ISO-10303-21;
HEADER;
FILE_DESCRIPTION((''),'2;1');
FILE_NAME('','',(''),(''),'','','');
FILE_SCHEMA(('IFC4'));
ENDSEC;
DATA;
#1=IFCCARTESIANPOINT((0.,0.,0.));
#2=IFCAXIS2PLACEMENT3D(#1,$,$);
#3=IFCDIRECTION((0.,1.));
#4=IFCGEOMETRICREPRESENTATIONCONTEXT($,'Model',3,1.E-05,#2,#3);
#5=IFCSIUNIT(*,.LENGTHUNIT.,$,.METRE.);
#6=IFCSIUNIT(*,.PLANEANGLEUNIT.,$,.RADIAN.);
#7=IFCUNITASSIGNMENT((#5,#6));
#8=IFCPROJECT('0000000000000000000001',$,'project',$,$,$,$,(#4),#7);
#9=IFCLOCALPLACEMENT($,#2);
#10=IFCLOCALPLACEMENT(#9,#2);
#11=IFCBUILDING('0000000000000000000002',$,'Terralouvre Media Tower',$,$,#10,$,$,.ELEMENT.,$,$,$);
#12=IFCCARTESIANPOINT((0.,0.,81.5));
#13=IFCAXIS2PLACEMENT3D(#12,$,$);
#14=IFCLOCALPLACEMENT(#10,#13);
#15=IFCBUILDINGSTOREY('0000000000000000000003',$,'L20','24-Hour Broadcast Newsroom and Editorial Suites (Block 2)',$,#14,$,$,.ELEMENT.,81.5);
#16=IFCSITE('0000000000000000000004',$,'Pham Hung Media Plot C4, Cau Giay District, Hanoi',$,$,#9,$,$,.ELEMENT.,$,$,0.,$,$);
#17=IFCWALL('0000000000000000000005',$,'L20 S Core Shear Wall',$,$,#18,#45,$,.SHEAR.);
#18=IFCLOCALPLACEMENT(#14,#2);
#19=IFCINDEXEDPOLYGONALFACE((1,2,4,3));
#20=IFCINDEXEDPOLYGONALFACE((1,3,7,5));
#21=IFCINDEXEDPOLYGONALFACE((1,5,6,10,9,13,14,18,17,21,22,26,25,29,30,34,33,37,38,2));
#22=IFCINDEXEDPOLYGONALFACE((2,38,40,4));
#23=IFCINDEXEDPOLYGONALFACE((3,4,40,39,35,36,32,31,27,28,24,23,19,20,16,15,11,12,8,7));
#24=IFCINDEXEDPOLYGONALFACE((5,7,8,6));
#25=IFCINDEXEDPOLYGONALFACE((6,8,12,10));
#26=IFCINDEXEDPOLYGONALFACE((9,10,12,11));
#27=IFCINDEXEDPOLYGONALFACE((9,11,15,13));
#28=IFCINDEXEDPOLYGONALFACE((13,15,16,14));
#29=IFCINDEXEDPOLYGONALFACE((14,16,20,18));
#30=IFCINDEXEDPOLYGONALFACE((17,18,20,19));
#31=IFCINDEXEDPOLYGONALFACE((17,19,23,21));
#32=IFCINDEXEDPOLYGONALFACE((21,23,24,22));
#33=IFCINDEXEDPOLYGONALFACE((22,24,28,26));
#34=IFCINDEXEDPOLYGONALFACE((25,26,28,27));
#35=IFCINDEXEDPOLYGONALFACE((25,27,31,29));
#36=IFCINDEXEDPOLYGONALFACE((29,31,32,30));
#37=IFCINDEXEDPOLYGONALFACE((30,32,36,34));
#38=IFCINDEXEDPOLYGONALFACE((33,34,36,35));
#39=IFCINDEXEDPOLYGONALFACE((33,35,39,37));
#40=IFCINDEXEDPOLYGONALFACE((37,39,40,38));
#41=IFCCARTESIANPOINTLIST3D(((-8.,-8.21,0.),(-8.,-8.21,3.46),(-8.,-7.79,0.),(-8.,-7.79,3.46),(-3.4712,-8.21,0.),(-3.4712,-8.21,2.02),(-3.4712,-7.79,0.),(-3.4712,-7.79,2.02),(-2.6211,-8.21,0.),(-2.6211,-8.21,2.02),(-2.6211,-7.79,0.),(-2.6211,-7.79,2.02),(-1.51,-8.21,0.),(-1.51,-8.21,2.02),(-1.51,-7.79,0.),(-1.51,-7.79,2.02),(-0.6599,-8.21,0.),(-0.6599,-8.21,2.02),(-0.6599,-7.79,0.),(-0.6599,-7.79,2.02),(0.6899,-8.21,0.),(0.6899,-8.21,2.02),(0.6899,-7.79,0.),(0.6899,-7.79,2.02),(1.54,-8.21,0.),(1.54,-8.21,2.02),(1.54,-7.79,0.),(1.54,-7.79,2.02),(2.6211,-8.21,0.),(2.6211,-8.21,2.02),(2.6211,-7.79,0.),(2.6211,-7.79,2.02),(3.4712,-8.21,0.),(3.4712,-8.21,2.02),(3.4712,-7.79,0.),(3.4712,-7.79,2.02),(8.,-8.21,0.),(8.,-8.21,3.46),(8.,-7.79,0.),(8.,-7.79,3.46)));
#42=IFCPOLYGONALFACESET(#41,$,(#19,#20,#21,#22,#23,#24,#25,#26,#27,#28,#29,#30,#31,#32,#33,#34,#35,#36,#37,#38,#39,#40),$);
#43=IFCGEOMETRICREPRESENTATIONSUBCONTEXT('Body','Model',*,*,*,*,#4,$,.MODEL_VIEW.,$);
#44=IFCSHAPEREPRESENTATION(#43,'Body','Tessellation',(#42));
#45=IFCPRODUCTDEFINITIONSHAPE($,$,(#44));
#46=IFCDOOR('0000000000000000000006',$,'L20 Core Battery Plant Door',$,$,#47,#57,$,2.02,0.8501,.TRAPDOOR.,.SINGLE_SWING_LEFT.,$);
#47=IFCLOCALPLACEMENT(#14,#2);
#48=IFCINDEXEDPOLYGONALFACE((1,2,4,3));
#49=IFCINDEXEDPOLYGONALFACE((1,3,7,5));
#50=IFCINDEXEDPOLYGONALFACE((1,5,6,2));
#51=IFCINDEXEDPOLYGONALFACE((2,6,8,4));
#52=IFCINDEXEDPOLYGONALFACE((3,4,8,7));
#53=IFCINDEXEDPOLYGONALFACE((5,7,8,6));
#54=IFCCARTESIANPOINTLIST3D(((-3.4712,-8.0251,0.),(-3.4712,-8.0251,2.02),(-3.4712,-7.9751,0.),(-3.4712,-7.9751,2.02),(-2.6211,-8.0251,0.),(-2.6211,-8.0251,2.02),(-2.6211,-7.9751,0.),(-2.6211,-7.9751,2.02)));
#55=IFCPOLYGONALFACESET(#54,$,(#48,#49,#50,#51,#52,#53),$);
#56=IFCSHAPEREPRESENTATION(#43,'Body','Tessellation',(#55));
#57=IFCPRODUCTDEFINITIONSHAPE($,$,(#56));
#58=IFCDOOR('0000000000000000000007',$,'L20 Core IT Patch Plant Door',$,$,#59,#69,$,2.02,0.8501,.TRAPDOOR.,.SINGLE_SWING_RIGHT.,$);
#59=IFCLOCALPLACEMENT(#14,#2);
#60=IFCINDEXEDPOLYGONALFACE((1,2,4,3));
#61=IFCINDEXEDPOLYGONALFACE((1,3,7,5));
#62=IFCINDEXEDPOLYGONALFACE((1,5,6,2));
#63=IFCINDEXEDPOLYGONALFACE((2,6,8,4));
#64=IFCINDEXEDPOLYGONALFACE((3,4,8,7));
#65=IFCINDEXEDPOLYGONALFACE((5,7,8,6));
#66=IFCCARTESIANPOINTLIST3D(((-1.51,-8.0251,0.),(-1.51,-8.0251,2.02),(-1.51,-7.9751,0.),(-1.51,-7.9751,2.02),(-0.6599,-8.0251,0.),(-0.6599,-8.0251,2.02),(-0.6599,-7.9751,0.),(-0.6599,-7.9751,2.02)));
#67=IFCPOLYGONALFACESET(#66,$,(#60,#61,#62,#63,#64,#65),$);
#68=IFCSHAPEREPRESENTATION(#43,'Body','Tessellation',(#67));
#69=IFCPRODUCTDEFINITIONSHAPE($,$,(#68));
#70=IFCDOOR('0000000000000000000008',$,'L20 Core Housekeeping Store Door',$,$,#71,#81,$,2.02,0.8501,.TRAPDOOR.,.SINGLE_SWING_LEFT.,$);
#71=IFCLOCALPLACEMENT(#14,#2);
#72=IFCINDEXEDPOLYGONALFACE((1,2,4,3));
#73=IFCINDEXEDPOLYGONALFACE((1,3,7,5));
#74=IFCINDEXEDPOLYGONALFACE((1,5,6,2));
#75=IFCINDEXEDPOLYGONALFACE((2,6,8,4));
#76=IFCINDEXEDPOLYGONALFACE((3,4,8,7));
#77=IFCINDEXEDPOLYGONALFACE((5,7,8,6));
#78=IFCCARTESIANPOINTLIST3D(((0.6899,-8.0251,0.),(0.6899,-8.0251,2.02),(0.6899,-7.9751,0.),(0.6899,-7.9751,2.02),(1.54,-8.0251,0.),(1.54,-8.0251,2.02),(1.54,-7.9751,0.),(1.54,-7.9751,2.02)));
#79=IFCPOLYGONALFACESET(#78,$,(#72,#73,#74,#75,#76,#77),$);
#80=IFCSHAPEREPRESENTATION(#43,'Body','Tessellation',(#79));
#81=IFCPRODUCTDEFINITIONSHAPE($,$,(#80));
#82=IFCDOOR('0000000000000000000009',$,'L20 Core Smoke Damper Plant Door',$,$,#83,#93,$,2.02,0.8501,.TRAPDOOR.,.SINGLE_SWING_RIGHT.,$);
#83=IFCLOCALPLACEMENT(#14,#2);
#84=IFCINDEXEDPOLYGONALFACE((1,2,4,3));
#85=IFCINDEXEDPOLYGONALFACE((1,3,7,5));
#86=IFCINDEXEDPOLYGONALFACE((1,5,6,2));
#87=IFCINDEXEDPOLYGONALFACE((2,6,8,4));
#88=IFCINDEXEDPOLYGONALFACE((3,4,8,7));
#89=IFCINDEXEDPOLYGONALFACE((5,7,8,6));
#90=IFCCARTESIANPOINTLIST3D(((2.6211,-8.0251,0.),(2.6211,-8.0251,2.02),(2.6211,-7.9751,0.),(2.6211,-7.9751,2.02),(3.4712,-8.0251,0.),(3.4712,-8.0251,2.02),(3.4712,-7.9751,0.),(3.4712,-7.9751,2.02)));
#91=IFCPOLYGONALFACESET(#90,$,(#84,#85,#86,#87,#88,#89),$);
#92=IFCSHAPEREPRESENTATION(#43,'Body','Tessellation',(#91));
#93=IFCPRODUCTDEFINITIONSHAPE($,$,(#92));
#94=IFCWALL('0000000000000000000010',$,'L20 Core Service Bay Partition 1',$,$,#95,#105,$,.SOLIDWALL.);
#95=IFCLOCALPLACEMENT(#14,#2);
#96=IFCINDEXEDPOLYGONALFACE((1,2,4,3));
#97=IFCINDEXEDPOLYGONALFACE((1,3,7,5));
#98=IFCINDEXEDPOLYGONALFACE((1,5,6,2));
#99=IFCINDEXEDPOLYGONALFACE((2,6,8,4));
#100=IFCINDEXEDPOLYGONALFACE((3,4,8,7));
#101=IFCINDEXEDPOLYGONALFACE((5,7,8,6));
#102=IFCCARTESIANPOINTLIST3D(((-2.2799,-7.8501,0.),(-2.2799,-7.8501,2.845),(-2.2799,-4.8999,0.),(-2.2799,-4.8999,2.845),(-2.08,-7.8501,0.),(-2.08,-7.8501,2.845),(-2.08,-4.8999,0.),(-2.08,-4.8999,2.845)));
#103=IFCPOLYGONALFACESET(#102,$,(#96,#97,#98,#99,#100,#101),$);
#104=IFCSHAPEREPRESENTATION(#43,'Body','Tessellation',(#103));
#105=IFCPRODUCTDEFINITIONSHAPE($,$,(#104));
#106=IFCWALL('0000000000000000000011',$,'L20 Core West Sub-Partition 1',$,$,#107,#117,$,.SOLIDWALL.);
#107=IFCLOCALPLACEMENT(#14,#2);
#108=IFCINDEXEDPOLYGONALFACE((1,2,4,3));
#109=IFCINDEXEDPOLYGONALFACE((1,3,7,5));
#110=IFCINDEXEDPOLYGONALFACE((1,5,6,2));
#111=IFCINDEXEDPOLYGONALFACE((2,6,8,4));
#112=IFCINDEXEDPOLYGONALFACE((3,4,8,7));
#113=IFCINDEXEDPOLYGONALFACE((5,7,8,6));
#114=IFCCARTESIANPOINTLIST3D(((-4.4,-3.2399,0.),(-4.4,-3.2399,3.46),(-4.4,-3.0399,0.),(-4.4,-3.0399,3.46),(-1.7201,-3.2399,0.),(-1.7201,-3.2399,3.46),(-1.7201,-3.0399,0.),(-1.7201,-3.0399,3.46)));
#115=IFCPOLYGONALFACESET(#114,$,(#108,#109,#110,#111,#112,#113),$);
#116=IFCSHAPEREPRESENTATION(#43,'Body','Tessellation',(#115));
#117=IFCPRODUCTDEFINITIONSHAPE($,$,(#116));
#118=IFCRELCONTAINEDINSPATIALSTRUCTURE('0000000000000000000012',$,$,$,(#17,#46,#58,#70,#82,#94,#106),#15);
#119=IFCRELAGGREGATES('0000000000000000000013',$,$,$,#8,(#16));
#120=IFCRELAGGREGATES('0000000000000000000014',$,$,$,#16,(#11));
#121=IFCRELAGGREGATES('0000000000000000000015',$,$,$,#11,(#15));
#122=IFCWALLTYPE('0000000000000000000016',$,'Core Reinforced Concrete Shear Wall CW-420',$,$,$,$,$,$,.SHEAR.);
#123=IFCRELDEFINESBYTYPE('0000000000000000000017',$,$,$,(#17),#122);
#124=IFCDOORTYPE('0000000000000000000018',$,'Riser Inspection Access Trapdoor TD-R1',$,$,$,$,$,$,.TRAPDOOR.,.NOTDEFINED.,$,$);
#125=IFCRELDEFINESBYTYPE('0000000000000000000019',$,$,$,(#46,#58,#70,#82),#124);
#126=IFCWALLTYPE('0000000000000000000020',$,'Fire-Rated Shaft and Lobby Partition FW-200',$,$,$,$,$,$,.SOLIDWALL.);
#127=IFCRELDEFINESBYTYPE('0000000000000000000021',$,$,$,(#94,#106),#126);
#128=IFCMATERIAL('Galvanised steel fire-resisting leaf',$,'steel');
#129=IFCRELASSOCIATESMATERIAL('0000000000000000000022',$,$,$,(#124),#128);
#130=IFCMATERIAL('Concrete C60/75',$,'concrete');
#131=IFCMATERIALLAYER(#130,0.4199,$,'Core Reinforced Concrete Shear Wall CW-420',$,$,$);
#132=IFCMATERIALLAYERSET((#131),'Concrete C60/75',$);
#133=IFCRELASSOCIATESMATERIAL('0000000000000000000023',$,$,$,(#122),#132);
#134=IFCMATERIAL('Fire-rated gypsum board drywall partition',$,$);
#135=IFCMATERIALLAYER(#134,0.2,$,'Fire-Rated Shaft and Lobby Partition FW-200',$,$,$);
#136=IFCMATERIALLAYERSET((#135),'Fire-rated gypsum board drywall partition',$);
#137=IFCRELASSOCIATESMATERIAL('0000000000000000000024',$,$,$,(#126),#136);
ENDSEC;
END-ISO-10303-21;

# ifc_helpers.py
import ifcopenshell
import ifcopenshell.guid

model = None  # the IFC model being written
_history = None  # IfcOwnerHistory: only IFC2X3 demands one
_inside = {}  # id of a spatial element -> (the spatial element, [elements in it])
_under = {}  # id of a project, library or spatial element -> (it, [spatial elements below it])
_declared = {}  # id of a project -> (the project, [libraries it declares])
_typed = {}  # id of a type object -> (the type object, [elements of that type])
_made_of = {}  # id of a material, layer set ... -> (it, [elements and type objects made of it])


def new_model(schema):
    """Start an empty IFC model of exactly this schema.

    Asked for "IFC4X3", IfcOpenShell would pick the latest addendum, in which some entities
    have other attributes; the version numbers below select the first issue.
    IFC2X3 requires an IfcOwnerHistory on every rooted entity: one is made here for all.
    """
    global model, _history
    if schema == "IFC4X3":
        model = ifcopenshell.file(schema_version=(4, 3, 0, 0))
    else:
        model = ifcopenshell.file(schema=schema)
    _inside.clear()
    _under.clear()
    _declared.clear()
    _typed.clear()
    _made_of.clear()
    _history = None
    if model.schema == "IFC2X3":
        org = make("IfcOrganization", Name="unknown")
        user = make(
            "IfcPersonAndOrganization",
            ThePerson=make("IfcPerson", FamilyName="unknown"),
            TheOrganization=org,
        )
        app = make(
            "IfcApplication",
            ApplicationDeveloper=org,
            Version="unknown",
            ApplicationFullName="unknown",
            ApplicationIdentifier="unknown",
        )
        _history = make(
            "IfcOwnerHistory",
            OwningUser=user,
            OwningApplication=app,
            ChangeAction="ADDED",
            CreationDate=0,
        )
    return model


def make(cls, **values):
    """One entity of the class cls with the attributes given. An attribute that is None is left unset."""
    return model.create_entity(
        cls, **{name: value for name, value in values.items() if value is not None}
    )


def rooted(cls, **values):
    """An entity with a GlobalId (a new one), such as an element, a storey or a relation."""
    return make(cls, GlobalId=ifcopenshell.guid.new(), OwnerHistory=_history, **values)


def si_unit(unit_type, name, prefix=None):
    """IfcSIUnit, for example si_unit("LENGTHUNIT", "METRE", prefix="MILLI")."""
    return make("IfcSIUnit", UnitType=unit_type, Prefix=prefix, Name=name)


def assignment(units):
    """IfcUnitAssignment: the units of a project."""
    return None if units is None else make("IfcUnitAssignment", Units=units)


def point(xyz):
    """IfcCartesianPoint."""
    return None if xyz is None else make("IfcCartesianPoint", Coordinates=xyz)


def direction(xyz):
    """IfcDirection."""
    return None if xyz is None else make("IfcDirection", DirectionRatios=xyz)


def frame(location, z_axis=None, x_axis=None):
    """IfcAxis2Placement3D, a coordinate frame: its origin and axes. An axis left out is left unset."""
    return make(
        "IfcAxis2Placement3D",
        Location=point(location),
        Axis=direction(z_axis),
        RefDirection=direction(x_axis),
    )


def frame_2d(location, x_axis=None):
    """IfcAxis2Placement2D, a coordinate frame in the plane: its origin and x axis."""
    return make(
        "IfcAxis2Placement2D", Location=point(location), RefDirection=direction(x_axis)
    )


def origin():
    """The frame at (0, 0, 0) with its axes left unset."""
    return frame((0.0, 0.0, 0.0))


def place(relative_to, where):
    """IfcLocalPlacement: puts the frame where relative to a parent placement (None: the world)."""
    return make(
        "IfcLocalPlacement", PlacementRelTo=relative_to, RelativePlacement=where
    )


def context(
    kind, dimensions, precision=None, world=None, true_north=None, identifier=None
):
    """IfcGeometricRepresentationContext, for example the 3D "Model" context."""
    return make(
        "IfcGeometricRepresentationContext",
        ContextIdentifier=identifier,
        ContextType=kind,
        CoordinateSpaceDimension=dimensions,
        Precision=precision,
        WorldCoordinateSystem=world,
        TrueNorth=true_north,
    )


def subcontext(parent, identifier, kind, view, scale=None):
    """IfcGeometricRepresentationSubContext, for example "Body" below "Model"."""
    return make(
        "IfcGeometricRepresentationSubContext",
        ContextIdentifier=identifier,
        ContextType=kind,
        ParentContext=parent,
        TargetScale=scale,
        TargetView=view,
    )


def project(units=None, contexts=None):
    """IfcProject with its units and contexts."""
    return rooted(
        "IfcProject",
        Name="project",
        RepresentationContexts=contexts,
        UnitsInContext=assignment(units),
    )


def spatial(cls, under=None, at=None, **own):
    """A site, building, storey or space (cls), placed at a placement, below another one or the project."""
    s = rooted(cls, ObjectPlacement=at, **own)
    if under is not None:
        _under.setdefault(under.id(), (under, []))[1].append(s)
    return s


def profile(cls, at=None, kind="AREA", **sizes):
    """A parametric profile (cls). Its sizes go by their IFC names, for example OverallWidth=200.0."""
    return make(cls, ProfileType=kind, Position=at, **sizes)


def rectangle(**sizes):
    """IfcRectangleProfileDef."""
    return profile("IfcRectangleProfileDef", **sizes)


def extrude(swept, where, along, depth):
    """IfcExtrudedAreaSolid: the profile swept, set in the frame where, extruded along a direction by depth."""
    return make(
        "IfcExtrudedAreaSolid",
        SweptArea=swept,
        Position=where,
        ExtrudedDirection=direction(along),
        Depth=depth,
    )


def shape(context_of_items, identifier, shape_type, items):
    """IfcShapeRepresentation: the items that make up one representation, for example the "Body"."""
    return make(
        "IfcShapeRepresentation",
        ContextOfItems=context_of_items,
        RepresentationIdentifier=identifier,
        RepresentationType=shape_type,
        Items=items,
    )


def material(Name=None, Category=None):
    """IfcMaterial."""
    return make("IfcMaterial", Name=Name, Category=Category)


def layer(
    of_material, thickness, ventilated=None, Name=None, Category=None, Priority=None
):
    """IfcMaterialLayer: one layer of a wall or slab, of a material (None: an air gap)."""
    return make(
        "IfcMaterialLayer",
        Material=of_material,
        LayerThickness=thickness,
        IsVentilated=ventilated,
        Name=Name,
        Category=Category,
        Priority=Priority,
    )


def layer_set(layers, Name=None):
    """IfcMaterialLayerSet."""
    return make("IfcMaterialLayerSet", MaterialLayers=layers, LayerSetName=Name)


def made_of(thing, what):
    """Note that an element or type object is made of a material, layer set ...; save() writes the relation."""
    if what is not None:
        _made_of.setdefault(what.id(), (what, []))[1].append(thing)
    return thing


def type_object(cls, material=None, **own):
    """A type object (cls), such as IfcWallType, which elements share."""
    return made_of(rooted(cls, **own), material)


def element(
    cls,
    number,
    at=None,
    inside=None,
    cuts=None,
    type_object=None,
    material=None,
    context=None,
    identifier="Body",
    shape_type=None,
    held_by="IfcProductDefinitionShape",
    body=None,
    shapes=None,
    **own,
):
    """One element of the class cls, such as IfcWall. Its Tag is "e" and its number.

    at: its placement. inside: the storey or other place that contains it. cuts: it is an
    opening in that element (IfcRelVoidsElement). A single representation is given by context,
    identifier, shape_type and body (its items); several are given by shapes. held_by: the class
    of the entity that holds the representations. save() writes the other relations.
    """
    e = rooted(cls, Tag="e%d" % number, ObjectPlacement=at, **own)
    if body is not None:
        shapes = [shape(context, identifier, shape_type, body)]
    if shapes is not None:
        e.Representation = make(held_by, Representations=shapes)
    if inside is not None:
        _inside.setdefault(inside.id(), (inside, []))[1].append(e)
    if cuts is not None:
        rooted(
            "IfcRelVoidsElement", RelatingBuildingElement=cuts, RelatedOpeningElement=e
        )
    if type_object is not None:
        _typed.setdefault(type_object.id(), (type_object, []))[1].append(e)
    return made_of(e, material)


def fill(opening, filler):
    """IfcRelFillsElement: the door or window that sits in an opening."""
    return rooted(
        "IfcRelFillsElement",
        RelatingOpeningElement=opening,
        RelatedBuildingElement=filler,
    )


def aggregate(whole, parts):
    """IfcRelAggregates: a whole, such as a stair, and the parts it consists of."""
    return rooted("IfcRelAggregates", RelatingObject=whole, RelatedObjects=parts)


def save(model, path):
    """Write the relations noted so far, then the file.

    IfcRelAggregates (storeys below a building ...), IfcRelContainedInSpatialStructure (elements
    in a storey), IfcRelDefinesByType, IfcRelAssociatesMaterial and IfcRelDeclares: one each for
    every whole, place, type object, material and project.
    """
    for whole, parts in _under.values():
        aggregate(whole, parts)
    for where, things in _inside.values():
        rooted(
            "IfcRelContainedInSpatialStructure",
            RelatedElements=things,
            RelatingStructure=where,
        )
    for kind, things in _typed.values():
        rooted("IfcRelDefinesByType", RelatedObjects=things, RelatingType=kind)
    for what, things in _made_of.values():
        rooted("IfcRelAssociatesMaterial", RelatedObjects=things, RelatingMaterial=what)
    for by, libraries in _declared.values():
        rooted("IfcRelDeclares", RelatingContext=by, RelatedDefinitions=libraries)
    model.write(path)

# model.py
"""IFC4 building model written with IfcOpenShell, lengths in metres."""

from ifc_helpers import new_model, si_unit, direction, frame, frame_2d, origin, place, context, subcontext, project, spatial, rectangle, extrude, material, layer, layer_set, type_object, element, fill, save


model = new_model("IFC4")

# Units and contexts
model_context = context("Model", 3, precision=1e-05, world=origin(), true_north=direction((0.0, 1.0)))
body_context = subcontext(model_context, "Body", "Model", "MODEL_VIEW")
ifc_project = project(units=[si_unit("LENGTHUNIT", "METRE"), si_unit("PLANEANGLEUNIT", "RADIAN")], contexts=[model_context])

# Site, building, storey
site_placement = place(None, origin())
site = spatial("IfcSite", under=ifc_project, at=site_placement, Name="Pham Hung Media Plot C4, Cau Giay District, Hanoi", CompositionType="ELEMENT", RefElevation=0.0)
building_placement = place(site_placement, origin())
building = spatial("IfcBuilding", under=site, at=building_placement, Name="Terralouvre Media Tower", CompositionType="ELEMENT")
storey_placement = place(building_placement, frame((0.0, 0.0, 81.5)))
storey = spatial("IfcBuildingStorey", under=building, at=storey_placement, Name="L20", Description="24-Hour Broadcast Newsroom and Editorial Suites (Block 2)", CompositionType="ELEMENT", Elevation=81.5)

# Shared definitions
ifc_material_1 = material(Name="Galvanised steel fire-resisting leaf", Category="steel")
door_type_1 = type_object("IfcDoorType", Name="Riser Inspection Access Trapdoor TD-R1", OperationType="NOTDEFINED", PredefinedType="TRAPDOOR", material=ifc_material_1)

# Wall, openings, doors
ifc_material_2 = material(Name="Concrete C60/75", Category="concrete")
ifc_layer_1 = layer(ifc_material_2, 0.4199, Name="Core Reinforced Concrete Shear Wall CW-420")
ifc_layer_set_1 = layer_set([ifc_layer_1], Name="Concrete C60/75")
wall_type_1 = type_object("IfcWallType", Name="Core Reinforced Concrete Shear Wall CW-420", PredefinedType="SHEAR", material=ifc_layer_set_1)
wall_1_placement = place(storey_placement, frame((-8.0, -8.0, 0.0), z_axis=(0.0, 0.0, 1.0), x_axis=(1.0, 0.0, 0.0)))
wall_1 = element("IfcWall", 1, at=wall_1_placement, inside=storey, type_object=wall_type_1, Name="L20 S Core Shear Wall", PredefinedType="SHEAR", context=body_context, shape_type="SweptSolid", body=[
    extrude(rectangle(XDim=16.0, YDim=0.4199, at=frame_2d((8.0, 0.0))), origin(), (0.0, 0.0, 1.0), 3.46),
])
opening_1_placement = place(wall_1_placement, frame((4.5288, 0.0, 0.0)))
opening_1 = element("IfcOpeningElement", 2, at=opening_1_placement, cuts=wall_1, PredefinedType="OPENING", context=body_context, shape_type="SweptSolid", body=[
    extrude(rectangle(XDim=0.8501, YDim=2.02, at=frame_2d((0.425, 1.01))), frame((0.0, 0.22, 0.0), z_axis=(0.0, -1.0, 0.0), x_axis=(1.0, 0.0, 0.0)), (0.0, 0.0, 1.0), 0.4399),
])
opening_2_placement = place(wall_1_placement, frame((6.49, 0.0, 0.0)))
opening_2 = element("IfcOpeningElement", 3, at=opening_2_placement, cuts=wall_1, PredefinedType="OPENING", context=body_context, shape_type="SweptSolid", body=[
    extrude(rectangle(XDim=0.8501, YDim=2.02, at=frame_2d((0.425, 1.01))), frame((0.0, 0.22, 0.0), z_axis=(0.0, -1.0, 0.0), x_axis=(1.0, 0.0, 0.0)), (0.0, 0.0, 1.0), 0.4399),
])
opening_3_placement = place(wall_1_placement, frame((8.6899, 0.0, 0.0)))
opening_3 = element("IfcOpeningElement", 4, at=opening_3_placement, cuts=wall_1, PredefinedType="OPENING", context=body_context, shape_type="SweptSolid", body=[
    extrude(rectangle(XDim=0.8501, YDim=2.02, at=frame_2d((0.425, 1.01))), frame((0.0, 0.22, 0.0), z_axis=(0.0, -1.0, 0.0), x_axis=(1.0, 0.0, 0.0)), (0.0, 0.0, 1.0), 0.4399),
])
opening_4_placement = place(wall_1_placement, frame((10.6211, 0.0, 0.0)))
opening_4 = element("IfcOpeningElement", 5, at=opening_4_placement, cuts=wall_1, PredefinedType="OPENING", context=body_context, shape_type="SweptSolid", body=[
    extrude(rectangle(XDim=0.8501, YDim=2.02, at=frame_2d((0.425, 1.01))), frame((0.0, 0.22, 0.0), z_axis=(0.0, -1.0, 0.0), x_axis=(1.0, 0.0, 0.0)), (0.0, 0.0, 1.0), 0.4399),
])
door_1_placement = place(opening_1_placement, origin())
door_1 = element("IfcDoor", 6, at=door_1_placement, inside=storey, type_object=door_type_1, Name="L20 Core Battery Plant Door", OperationType="SINGLE_SWING_LEFT", OverallHeight=2.02, OverallWidth=0.8501, PredefinedType="TRAPDOOR", context=body_context, shape_type="SweptSolid", body=[
    extrude(rectangle(XDim=0.8501, YDim=2.02, at=frame_2d((0.425, 1.01))), frame((0.0, 0.0249, 0.0), z_axis=(0.0, -1.0, 0.0), x_axis=(1.0, 0.0, 0.0)), (0.0, 0.0, 1.0), 0.05),
])
fill(opening_1, door_1)
door_2_placement = place(opening_2_placement, origin())
door_2 = element("IfcDoor", 7, at=door_2_placement, inside=storey, type_object=door_type_1, Name="L20 Core IT Patch Plant Door", OperationType="SINGLE_SWING_RIGHT", OverallHeight=2.02, OverallWidth=0.8501, PredefinedType="TRAPDOOR", context=body_context, shape_type="SweptSolid", body=[
    extrude(rectangle(XDim=0.8501, YDim=2.02, at=frame_2d((0.425, 1.01))), frame((0.0, 0.0249, 0.0), z_axis=(0.0, -1.0, 0.0), x_axis=(1.0, 0.0, 0.0)), (0.0, 0.0, 1.0), 0.05),
])
fill(opening_2, door_2)
door_3_placement = place(opening_3_placement, origin())
door_3 = element("IfcDoor", 8, at=door_3_placement, inside=storey, type_object=door_type_1, Name="L20 Core Housekeeping Store Door", OperationType="SINGLE_SWING_LEFT", OverallHeight=2.02, OverallWidth=0.8501, PredefinedType="TRAPDOOR", context=body_context, shape_type="SweptSolid", body=[
    extrude(rectangle(XDim=0.8501, YDim=2.02, at=frame_2d((0.425, 1.01))), frame((0.0, 0.0249, 0.0), z_axis=(0.0, -1.0, 0.0), x_axis=(1.0, 0.0, 0.0)), (0.0, 0.0, 1.0), 0.05),
])
fill(opening_3, door_3)
door_4_placement = place(opening_4_placement, origin())
door_4 = element("IfcDoor", 9, at=door_4_placement, inside=storey, type_object=door_type_1, Name="L20 Core Smoke Damper Plant Door", OperationType="SINGLE_SWING_RIGHT", OverallHeight=2.02, OverallWidth=0.8501, PredefinedType="TRAPDOOR", context=body_context, shape_type="SweptSolid", body=[
    extrude(rectangle(XDim=0.8501, YDim=2.02, at=frame_2d((0.425, 1.01))), frame((0.0, 0.0249, 0.0), z_axis=(0.0, -1.0, 0.0), x_axis=(1.0, 0.0, 0.0)), (0.0, 0.0, 1.0), 0.05),
])
fill(opening_4, door_4)

# Walls
ifc_material_3 = material(Name="Fire-rated gypsum board drywall partition")
ifc_layer_2 = layer(ifc_material_3, 0.2, Name="Fire-Rated Shaft and Lobby Partition FW-200")
ifc_layer_set_2 = layer_set([ifc_layer_2], Name="Fire-rated gypsum board drywall partition")
wall_type_2 = type_object("IfcWallType", Name="Fire-Rated Shaft and Lobby Partition FW-200", PredefinedType="SOLIDWALL", material=ifc_layer_set_2)
wall_2_placement = place(storey_placement, frame((-2.1799, -7.8501, 0.0), z_axis=(0.0, 0.0, 1.0), x_axis=(0.0, 1.0, 0.0)))
element("IfcWall", 10, at=wall_2_placement, inside=storey, type_object=wall_type_2, Name="L20 Core Service Bay Partition 1", PredefinedType="SOLIDWALL", context=body_context, shape_type="SweptSolid", body=[
    extrude(rectangle(XDim=2.9502, YDim=0.2, at=frame_2d((1.4751, 0.0))), origin(), (0.0, 0.0, 1.0), 2.845),
])
wall_3_placement = place(storey_placement, frame((-4.3999, -3.1399, 0.0), z_axis=(0.0, 0.0, 1.0), x_axis=(1.0, 0.0, 0.0)))
element("IfcWall", 11, at=wall_3_placement, inside=storey, type_object=wall_type_2, Name="L20 Core West Sub-Partition 1", PredefinedType="SOLIDWALL", context=body_context, shape_type="SweptSolid", body=[
    extrude(rectangle(XDim=2.6799, YDim=0.2, at=frame_2d((1.3398, 0.0))), origin(), (0.0, 0.0, 1.0), 3.46),
])

save(model, "model.ifc")
